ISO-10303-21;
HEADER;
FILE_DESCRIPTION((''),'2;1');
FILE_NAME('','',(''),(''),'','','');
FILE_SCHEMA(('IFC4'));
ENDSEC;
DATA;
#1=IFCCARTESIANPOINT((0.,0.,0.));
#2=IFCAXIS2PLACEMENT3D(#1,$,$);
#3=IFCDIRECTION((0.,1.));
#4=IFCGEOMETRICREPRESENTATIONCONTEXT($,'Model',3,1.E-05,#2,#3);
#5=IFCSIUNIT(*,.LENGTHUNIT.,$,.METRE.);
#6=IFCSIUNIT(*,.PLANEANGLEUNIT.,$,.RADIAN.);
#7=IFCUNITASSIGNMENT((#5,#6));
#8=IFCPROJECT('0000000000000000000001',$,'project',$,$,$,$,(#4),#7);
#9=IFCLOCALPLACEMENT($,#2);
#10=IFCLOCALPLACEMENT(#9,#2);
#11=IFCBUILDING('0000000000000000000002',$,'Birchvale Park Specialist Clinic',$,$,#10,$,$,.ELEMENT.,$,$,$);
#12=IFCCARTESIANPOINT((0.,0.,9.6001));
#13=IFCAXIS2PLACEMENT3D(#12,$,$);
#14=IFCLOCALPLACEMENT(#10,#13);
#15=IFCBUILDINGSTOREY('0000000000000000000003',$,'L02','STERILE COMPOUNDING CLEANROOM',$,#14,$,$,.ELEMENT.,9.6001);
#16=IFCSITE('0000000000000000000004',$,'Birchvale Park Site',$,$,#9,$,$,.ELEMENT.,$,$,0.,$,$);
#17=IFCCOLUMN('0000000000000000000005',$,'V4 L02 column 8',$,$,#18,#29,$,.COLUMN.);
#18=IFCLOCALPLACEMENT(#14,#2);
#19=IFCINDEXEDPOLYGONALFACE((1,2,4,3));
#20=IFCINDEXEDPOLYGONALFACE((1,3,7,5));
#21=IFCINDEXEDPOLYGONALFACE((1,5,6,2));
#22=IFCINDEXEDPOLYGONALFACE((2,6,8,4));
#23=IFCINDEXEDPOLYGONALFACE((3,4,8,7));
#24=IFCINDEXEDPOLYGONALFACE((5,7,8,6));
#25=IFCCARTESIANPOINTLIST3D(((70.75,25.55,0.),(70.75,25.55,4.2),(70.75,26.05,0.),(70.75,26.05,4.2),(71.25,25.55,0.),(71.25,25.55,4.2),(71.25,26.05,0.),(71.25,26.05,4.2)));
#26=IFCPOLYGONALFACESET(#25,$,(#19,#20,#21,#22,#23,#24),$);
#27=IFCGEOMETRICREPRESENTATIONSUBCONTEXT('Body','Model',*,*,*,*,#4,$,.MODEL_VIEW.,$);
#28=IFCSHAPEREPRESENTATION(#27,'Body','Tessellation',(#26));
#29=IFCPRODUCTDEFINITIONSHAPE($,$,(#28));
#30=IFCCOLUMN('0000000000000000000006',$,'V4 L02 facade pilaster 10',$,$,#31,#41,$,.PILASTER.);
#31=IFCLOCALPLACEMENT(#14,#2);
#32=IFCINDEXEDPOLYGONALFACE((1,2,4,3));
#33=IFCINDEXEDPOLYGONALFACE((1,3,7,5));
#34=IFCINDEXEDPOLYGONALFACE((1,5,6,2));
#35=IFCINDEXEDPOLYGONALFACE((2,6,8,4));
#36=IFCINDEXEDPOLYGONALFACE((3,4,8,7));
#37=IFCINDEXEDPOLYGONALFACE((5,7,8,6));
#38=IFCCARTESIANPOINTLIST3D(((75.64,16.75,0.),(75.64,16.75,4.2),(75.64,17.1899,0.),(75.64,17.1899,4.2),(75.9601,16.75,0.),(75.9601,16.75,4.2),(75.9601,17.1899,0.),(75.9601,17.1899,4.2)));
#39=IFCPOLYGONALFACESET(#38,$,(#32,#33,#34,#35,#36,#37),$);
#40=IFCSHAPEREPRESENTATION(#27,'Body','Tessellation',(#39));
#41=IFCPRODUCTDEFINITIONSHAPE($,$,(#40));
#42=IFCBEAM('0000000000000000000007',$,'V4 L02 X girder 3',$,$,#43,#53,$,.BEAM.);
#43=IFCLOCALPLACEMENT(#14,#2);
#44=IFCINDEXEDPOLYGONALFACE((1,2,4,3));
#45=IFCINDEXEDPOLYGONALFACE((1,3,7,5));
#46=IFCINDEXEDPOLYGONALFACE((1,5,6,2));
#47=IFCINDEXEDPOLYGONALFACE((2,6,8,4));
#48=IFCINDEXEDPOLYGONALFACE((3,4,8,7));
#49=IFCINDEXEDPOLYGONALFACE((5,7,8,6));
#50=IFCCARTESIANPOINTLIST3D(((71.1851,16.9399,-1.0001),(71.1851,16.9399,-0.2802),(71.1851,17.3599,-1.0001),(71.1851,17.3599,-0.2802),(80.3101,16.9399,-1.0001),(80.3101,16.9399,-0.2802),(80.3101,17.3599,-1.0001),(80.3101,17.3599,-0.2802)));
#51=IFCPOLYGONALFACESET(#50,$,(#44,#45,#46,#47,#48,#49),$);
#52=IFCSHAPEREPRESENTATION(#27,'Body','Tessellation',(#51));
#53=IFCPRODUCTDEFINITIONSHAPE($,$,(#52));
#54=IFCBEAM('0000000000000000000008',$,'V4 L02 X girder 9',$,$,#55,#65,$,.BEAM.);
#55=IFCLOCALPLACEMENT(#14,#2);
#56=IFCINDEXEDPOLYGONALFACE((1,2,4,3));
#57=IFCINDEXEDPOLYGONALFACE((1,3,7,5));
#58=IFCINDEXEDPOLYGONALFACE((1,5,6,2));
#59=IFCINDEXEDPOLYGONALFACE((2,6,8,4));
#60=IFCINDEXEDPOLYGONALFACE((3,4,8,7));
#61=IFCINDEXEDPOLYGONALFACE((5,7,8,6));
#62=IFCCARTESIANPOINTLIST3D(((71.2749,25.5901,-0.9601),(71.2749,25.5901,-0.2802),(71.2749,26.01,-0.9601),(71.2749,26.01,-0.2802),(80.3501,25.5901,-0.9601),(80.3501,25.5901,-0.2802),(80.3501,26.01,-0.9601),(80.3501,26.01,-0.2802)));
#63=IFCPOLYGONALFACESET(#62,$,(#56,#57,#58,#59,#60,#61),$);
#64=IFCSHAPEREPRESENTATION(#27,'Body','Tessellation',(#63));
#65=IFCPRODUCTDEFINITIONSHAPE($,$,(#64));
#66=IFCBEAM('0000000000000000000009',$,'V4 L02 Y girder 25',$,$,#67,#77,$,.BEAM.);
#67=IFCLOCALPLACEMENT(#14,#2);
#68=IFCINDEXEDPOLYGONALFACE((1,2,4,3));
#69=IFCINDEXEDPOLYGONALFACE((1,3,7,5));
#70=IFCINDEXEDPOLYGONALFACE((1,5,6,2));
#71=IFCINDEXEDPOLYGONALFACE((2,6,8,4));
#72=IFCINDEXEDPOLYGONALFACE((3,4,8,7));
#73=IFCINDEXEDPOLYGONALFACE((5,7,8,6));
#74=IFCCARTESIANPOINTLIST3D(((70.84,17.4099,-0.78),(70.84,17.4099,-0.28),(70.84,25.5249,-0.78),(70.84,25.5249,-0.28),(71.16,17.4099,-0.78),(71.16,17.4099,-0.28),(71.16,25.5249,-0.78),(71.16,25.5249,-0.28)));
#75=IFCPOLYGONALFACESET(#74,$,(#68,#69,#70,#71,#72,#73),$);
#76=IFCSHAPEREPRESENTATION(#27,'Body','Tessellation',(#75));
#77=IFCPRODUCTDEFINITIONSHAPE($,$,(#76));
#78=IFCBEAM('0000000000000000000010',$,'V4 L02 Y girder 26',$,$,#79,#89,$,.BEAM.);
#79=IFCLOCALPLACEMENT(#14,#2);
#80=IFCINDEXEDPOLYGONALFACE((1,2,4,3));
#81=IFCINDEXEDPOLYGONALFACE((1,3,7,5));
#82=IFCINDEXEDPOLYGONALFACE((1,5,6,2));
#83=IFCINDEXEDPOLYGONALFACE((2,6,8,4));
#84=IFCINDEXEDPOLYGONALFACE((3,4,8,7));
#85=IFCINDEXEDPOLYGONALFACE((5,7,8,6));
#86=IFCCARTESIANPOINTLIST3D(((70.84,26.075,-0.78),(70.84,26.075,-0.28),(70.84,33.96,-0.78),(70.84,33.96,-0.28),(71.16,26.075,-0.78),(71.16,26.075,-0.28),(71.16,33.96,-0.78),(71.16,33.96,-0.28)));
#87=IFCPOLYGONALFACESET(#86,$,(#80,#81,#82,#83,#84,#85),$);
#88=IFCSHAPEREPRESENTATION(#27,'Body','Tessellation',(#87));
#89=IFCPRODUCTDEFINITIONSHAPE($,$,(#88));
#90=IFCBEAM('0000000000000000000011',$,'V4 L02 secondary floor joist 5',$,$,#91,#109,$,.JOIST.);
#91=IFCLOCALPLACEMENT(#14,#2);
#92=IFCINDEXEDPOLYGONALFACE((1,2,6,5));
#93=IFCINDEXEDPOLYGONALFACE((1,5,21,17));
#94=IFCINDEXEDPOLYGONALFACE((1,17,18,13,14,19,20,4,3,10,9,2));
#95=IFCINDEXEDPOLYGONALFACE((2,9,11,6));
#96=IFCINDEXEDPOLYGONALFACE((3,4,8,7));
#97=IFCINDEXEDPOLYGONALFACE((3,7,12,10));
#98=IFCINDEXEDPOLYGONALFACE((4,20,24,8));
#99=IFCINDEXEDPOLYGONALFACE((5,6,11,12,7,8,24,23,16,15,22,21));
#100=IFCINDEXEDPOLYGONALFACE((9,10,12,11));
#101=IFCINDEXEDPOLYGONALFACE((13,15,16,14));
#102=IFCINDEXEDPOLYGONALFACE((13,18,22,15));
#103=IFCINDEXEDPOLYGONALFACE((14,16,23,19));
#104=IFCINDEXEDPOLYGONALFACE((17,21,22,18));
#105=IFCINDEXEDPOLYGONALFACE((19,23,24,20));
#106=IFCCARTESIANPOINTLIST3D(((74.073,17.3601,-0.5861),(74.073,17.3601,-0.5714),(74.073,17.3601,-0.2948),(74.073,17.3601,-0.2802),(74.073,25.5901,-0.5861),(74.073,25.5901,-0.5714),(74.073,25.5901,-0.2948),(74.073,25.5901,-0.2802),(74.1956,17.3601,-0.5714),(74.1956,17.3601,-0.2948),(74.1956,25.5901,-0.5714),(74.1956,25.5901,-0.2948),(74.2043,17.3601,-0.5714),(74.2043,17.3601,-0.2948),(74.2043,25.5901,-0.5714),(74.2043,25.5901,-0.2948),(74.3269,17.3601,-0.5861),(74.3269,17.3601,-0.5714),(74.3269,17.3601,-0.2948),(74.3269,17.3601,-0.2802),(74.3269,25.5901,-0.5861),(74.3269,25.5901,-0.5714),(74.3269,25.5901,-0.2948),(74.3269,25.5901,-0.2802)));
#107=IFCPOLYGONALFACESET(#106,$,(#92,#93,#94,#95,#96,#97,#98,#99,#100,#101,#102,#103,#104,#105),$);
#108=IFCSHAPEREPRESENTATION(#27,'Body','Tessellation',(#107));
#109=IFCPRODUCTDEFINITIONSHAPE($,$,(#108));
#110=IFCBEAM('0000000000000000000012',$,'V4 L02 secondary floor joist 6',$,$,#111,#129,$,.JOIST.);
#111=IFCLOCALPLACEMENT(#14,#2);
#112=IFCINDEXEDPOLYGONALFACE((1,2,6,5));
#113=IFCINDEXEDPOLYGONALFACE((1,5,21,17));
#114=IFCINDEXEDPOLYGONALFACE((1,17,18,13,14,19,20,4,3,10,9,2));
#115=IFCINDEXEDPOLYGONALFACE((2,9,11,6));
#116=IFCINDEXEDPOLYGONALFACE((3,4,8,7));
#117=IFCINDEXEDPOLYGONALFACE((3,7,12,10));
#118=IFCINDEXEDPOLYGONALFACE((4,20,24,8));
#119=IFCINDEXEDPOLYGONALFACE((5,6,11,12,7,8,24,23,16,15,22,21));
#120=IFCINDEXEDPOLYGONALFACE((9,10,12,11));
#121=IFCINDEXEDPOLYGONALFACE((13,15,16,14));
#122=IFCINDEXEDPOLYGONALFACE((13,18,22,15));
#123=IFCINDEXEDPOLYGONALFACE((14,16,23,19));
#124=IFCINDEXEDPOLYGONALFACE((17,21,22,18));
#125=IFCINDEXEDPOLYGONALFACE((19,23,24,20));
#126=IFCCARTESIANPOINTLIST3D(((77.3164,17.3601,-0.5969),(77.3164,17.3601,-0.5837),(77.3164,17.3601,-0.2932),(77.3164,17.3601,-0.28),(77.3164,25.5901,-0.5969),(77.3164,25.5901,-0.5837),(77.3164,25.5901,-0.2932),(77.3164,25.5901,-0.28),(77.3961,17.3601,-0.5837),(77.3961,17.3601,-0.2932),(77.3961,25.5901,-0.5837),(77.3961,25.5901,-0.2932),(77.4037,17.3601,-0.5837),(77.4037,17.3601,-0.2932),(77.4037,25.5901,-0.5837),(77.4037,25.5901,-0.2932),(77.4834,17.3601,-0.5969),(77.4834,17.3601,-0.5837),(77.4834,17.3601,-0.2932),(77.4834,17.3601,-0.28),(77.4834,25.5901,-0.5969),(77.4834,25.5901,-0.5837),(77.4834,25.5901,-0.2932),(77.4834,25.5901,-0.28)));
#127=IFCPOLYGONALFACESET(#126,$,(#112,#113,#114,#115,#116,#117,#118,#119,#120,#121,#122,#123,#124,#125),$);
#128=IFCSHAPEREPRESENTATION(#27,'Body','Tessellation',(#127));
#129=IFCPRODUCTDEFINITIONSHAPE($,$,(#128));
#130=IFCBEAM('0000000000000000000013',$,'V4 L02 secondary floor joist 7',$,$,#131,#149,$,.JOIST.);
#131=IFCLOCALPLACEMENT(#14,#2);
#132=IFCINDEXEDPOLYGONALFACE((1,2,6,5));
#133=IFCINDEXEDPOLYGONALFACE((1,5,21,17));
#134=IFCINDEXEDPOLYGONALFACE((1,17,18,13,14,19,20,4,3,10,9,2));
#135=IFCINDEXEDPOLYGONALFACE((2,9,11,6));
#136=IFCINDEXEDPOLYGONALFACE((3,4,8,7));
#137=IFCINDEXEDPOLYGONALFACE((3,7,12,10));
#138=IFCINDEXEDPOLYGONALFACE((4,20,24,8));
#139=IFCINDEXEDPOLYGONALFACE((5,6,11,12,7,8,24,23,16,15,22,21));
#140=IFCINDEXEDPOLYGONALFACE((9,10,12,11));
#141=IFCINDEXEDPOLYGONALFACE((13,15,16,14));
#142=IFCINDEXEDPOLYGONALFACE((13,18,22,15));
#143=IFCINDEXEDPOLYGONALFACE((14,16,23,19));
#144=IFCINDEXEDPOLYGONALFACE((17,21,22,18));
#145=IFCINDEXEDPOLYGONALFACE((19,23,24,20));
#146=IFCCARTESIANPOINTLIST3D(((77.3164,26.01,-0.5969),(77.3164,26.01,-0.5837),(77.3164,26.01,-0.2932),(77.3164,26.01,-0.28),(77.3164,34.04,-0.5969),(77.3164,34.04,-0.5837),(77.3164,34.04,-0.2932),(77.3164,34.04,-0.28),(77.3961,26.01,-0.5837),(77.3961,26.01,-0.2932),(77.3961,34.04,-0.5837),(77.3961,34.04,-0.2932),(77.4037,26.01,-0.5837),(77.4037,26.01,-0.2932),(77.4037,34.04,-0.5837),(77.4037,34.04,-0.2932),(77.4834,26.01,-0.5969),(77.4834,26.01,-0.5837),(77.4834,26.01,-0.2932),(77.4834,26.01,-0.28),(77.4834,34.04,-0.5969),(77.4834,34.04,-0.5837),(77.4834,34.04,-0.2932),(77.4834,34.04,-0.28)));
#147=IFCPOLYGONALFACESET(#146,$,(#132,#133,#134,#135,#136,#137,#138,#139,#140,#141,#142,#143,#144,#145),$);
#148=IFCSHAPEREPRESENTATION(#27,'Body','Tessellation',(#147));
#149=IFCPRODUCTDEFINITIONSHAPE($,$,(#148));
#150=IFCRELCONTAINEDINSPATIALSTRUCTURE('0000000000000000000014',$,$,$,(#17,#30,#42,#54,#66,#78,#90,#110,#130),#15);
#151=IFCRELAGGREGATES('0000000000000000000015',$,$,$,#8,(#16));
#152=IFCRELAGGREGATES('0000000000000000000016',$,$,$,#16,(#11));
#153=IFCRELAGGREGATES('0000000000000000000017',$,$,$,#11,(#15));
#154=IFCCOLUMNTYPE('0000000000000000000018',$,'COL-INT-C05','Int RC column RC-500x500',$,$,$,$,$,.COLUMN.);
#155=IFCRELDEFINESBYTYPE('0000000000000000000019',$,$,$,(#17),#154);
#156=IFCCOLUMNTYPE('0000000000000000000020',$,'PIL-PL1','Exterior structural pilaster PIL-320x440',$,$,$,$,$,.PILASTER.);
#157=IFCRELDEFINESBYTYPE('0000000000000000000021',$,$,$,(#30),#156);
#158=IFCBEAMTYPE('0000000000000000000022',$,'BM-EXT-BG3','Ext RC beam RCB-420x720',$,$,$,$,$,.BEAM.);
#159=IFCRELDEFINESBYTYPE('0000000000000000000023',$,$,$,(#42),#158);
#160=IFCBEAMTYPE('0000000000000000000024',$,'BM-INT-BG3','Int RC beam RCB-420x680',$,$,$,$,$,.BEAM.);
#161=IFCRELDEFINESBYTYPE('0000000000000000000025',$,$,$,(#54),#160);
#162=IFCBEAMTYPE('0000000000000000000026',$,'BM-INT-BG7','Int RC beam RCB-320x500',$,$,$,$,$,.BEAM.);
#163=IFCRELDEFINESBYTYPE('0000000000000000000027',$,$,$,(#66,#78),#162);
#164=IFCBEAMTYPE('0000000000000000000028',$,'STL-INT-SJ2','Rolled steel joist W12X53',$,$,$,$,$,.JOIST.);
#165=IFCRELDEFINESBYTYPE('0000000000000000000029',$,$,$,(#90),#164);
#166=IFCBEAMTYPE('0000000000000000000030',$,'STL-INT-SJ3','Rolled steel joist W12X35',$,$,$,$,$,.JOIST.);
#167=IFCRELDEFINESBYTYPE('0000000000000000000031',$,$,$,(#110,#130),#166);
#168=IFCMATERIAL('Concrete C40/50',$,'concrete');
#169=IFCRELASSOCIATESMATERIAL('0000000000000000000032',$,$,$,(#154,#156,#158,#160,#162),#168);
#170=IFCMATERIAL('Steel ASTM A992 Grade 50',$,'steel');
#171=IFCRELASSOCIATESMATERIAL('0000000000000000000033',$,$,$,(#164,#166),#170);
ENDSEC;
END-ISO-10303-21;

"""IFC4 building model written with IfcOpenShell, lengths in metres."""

from ifc_helpers import new_model, si_unit, direction, frame, origin, origin_2d, place, context, subcontext, project, spatial, rectangle, i_section, extrude, material, material_profile, profile_set, type_object, element, save


model = new_model("IFC4")

# Units and contexts
model_context = context("Model", 3, precision=1e-05, world=origin(), true_north=direction((0.0, 1.0)))
body_context = subcontext(model_context, "Body", "Model", "MODEL_VIEW")
ifc_project = project(units=[si_unit("LENGTHUNIT", "METRE"), si_unit("PLANEANGLEUNIT", "RADIAN")], contexts=[model_context])

# Site, building, storey
site_placement = place(None, origin())
site = spatial("IfcSite", under=ifc_project, at=site_placement, Name="Birchvale Park Site", CompositionType="ELEMENT", RefElevation=0.0)
building_placement = place(site_placement, origin())
building = spatial("IfcBuilding", under=site, at=building_placement, Name="Birchvale Park Specialist Clinic", CompositionType="ELEMENT")
storey_placement = place(building_placement, frame((0.0, 0.0, 9.6001)))
storey = spatial("IfcBuildingStorey", under=building, at=storey_placement, Name="L02", Description="STERILE COMPOUNDING CLEANROOM", CompositionType="ELEMENT", Elevation=9.6001)

# Columns
ifc_material_1 = material(Name="Concrete C40/50", Category="concrete")
ifc_material_profile_1 = material_profile(ifc_material_1, rectangle(XDim=0.5, YDim=0.5, at=origin_2d()), Name="RC-500x500")
ifc_profile_set_1 = profile_set([ifc_material_profile_1], Name="Concrete C40/50")
column_type_1 = type_object("IfcColumnType", Name="COL-INT-C05", Description="Int RC column RC-500x500", PredefinedType="COLUMN", material=ifc_profile_set_1)
column_1_placement = place(storey_placement, frame((71.0, 25.8, 0.0), z_axis=(0.0, 0.0, 1.0), x_axis=(1.0, 0.0, 0.0)))
element("IfcColumn", 1, at=column_1_placement, inside=storey, type_object=column_type_1, Name="V4 L02 column 8", PredefinedType="COLUMN", context=body_context, shape_type="SweptSolid", body=[
    extrude(rectangle(XDim=0.5, YDim=0.5, at=origin_2d()), origin(), (0.0, 0.0, 1.0), 4.2),
])
ifc_material_profile_2 = material_profile(ifc_material_1, rectangle(XDim=0.3201, YDim=0.4399, at=origin_2d()), Name="PIL-320x440")
ifc_profile_set_2 = profile_set([ifc_material_profile_2], Name="Concrete C40/50")
column_type_2 = type_object("IfcColumnType", Name="PIL-PL1", Description="Exterior structural pilaster PIL-320x440", PredefinedType="PILASTER", material=ifc_profile_set_2)
column_2_placement = place(storey_placement, frame((75.8, 16.97, 0.0), z_axis=(0.0, 0.0, 1.0), x_axis=(1.0, 0.0, 0.0)))
element("IfcColumn", 2, at=column_2_placement, inside=storey, type_object=column_type_2, Name="V4 L02 facade pilaster 10", PredefinedType="PILASTER", context=body_context, shape_type="SweptSolid", body=[
    extrude(rectangle(XDim=0.3201, YDim=0.4399, at=origin_2d()), origin(), (0.0, 0.0, 1.0), 4.2),
])

# Beams
ifc_material_profile_3 = material_profile(ifc_material_1, rectangle(XDim=0.4199, YDim=0.72, at=origin_2d()), Name="RCB-420x720")
ifc_profile_set_3 = profile_set([ifc_material_profile_3], Name="Concrete C40/50")
beam_type_1 = type_object("IfcBeamType", Name="BM-EXT-BG3", Description="Ext RC beam RCB-420x720", PredefinedType="BEAM", material=ifc_profile_set_3)
beam_1_placement = place(storey_placement, frame((71.1851, 17.1499, -0.6401), z_axis=(1.0, 0.0, 0.0), x_axis=(0.0, 1.0, 0.0)))
element("IfcBeam", 3, at=beam_1_placement, inside=storey, type_object=beam_type_1, Name="V4 L02 X girder 3", PredefinedType="BEAM", context=body_context, shape_type="SweptSolid", body=[
    extrude(rectangle(XDim=0.4199, YDim=0.72, at=origin_2d()), origin(), (0.0, 0.0, 1.0), 9.125),
])
ifc_material_profile_4 = material_profile(ifc_material_1, rectangle(XDim=0.4199, YDim=0.6799, at=origin_2d()), Name="RCB-420x680")
ifc_profile_set_4 = profile_set([ifc_material_profile_4], Name="Concrete C40/50")
beam_type_2 = type_object("IfcBeamType", Name="BM-INT-BG3", Description="Int RC beam RCB-420x680", PredefinedType="BEAM", material=ifc_profile_set_4)
beam_2_placement = place(storey_placement, frame((71.2749, 25.8, -0.6201), z_axis=(1.0, 0.0, 0.0), x_axis=(0.0, 1.0, 0.0)))
element("IfcBeam", 4, at=beam_2_placement, inside=storey, type_object=beam_type_2, Name="V4 L02 X girder 9", PredefinedType="BEAM", context=body_context, shape_type="SweptSolid", body=[
    extrude(rectangle(XDim=0.4199, YDim=0.6799, at=origin_2d()), origin(), (0.0, 0.0, 1.0), 9.0752),
])
ifc_material_profile_5 = material_profile(ifc_material_1, rectangle(XDim=0.3201, YDim=0.5, at=origin_2d()), Name="RCB-320x500")
ifc_profile_set_5 = profile_set([ifc_material_profile_5], Name="Concrete C40/50")
beam_type_3 = type_object("IfcBeamType", Name="BM-INT-BG7", Description="Int RC beam RCB-320x500", PredefinedType="BEAM", material=ifc_profile_set_5)
beam_3_placement = place(storey_placement, frame((71.0, 17.4099, -0.53), z_axis=(0.0, 1.0, 0.0), x_axis=(-1.0, 0.0, 0.0)))
element("IfcBeam", 5, at=beam_3_placement, inside=storey, type_object=beam_type_3, Name="V4 L02 Y girder 25", PredefinedType="BEAM", context=body_context, shape_type="SweptSolid", body=[
    extrude(rectangle(XDim=0.3201, YDim=0.5, at=origin_2d()), origin(), (0.0, 0.0, 1.0), 8.115),
])
beam_4_placement = place(storey_placement, frame((71.0, 26.075, -0.53), z_axis=(0.0, 1.0, 0.0), x_axis=(-1.0, 0.0, 0.0)))
element("IfcBeam", 6, at=beam_4_placement, inside=storey, type_object=beam_type_3, Name="V4 L02 Y girder 26", PredefinedType="BEAM", context=body_context, shape_type="SweptSolid", body=[
    extrude(rectangle(XDim=0.3201, YDim=0.5, at=origin_2d()), origin(), (0.0, 0.0, 1.0), 7.885),
])
ifc_material_2 = material(Name="Steel ASTM A992 Grade 50", Category="steel")
ifc_material_profile_6 = material_profile(ifc_material_2, i_section(OverallWidth=0.2539, OverallDepth=0.3059, WebThickness=0.0088, FlangeThickness=0.0146, at=origin_2d()), Name="W12X53")
ifc_profile_set_6 = profile_set([ifc_material_profile_6], Name="Steel ASTM A992 Grade 50")
beam_type_4 = type_object("IfcBeamType", Name="STL-INT-SJ2", Description="Rolled steel joist W12X53", PredefinedType="JOIST", material=ifc_profile_set_6)
beam_5_placement = place(storey_placement, frame((74.2, 17.3601, -0.4331), z_axis=(0.0, 1.0, 0.0), x_axis=(-1.0, 0.0, 0.0)))
element("IfcBeam", 7, at=beam_5_placement, inside=storey, type_object=beam_type_4, Name="V4 L02 secondary floor joist 5", PredefinedType="JOIST", context=body_context, shape_type="SweptSolid", body=[
    extrude(i_section(OverallWidth=0.2539, OverallDepth=0.3059, WebThickness=0.0088, FlangeThickness=0.0146, at=origin_2d()), origin(), (0.0, 0.0, 1.0), 8.23),
])
ifc_material_profile_7 = material_profile(ifc_material_2, i_section(OverallWidth=0.167, OverallDepth=0.3169, WebThickness=0.0076, FlangeThickness=0.0132, at=origin_2d()), Name="W12X35")
ifc_profile_set_7 = profile_set([ifc_material_profile_7], Name="Steel ASTM A992 Grade 50")
beam_type_5 = type_object("IfcBeamType", Name="STL-INT-SJ3", Description="Rolled steel joist W12X35", PredefinedType="JOIST", material=ifc_profile_set_7)
beam_6_placement = place(storey_placement, frame((77.3999, 17.3601, -0.4385), z_axis=(0.0, 1.0, 0.0), x_axis=(-1.0, 0.0, 0.0)))
element("IfcBeam", 8, at=beam_6_placement, inside=storey, type_object=beam_type_5, Name="V4 L02 secondary floor joist 6", PredefinedType="JOIST", context=body_context, shape_type="SweptSolid", body=[
    extrude(i_section(OverallWidth=0.167, OverallDepth=0.3169, WebThickness=0.0076, FlangeThickness=0.0132, at=origin_2d()), origin(), (0.0, 0.0, 1.0), 8.23),
])
beam_7_placement = place(storey_placement, frame((77.3999, 26.01, -0.4385), z_axis=(0.0, 1.0, 0.0), x_axis=(-1.0, 0.0, 0.0)))
element("IfcBeam", 9, at=beam_7_placement, inside=storey, type_object=beam_type_5, Name="V4 L02 secondary floor joist 7", PredefinedType="JOIST", context=body_context, shape_type="SweptSolid", body=[
    extrude(i_section(OverallWidth=0.167, OverallDepth=0.3169, WebThickness=0.0076, FlangeThickness=0.0132, at=origin_2d()), origin(), (0.0, 0.0, 1.0), 8.03),
])

save(model, "model.ifc")
